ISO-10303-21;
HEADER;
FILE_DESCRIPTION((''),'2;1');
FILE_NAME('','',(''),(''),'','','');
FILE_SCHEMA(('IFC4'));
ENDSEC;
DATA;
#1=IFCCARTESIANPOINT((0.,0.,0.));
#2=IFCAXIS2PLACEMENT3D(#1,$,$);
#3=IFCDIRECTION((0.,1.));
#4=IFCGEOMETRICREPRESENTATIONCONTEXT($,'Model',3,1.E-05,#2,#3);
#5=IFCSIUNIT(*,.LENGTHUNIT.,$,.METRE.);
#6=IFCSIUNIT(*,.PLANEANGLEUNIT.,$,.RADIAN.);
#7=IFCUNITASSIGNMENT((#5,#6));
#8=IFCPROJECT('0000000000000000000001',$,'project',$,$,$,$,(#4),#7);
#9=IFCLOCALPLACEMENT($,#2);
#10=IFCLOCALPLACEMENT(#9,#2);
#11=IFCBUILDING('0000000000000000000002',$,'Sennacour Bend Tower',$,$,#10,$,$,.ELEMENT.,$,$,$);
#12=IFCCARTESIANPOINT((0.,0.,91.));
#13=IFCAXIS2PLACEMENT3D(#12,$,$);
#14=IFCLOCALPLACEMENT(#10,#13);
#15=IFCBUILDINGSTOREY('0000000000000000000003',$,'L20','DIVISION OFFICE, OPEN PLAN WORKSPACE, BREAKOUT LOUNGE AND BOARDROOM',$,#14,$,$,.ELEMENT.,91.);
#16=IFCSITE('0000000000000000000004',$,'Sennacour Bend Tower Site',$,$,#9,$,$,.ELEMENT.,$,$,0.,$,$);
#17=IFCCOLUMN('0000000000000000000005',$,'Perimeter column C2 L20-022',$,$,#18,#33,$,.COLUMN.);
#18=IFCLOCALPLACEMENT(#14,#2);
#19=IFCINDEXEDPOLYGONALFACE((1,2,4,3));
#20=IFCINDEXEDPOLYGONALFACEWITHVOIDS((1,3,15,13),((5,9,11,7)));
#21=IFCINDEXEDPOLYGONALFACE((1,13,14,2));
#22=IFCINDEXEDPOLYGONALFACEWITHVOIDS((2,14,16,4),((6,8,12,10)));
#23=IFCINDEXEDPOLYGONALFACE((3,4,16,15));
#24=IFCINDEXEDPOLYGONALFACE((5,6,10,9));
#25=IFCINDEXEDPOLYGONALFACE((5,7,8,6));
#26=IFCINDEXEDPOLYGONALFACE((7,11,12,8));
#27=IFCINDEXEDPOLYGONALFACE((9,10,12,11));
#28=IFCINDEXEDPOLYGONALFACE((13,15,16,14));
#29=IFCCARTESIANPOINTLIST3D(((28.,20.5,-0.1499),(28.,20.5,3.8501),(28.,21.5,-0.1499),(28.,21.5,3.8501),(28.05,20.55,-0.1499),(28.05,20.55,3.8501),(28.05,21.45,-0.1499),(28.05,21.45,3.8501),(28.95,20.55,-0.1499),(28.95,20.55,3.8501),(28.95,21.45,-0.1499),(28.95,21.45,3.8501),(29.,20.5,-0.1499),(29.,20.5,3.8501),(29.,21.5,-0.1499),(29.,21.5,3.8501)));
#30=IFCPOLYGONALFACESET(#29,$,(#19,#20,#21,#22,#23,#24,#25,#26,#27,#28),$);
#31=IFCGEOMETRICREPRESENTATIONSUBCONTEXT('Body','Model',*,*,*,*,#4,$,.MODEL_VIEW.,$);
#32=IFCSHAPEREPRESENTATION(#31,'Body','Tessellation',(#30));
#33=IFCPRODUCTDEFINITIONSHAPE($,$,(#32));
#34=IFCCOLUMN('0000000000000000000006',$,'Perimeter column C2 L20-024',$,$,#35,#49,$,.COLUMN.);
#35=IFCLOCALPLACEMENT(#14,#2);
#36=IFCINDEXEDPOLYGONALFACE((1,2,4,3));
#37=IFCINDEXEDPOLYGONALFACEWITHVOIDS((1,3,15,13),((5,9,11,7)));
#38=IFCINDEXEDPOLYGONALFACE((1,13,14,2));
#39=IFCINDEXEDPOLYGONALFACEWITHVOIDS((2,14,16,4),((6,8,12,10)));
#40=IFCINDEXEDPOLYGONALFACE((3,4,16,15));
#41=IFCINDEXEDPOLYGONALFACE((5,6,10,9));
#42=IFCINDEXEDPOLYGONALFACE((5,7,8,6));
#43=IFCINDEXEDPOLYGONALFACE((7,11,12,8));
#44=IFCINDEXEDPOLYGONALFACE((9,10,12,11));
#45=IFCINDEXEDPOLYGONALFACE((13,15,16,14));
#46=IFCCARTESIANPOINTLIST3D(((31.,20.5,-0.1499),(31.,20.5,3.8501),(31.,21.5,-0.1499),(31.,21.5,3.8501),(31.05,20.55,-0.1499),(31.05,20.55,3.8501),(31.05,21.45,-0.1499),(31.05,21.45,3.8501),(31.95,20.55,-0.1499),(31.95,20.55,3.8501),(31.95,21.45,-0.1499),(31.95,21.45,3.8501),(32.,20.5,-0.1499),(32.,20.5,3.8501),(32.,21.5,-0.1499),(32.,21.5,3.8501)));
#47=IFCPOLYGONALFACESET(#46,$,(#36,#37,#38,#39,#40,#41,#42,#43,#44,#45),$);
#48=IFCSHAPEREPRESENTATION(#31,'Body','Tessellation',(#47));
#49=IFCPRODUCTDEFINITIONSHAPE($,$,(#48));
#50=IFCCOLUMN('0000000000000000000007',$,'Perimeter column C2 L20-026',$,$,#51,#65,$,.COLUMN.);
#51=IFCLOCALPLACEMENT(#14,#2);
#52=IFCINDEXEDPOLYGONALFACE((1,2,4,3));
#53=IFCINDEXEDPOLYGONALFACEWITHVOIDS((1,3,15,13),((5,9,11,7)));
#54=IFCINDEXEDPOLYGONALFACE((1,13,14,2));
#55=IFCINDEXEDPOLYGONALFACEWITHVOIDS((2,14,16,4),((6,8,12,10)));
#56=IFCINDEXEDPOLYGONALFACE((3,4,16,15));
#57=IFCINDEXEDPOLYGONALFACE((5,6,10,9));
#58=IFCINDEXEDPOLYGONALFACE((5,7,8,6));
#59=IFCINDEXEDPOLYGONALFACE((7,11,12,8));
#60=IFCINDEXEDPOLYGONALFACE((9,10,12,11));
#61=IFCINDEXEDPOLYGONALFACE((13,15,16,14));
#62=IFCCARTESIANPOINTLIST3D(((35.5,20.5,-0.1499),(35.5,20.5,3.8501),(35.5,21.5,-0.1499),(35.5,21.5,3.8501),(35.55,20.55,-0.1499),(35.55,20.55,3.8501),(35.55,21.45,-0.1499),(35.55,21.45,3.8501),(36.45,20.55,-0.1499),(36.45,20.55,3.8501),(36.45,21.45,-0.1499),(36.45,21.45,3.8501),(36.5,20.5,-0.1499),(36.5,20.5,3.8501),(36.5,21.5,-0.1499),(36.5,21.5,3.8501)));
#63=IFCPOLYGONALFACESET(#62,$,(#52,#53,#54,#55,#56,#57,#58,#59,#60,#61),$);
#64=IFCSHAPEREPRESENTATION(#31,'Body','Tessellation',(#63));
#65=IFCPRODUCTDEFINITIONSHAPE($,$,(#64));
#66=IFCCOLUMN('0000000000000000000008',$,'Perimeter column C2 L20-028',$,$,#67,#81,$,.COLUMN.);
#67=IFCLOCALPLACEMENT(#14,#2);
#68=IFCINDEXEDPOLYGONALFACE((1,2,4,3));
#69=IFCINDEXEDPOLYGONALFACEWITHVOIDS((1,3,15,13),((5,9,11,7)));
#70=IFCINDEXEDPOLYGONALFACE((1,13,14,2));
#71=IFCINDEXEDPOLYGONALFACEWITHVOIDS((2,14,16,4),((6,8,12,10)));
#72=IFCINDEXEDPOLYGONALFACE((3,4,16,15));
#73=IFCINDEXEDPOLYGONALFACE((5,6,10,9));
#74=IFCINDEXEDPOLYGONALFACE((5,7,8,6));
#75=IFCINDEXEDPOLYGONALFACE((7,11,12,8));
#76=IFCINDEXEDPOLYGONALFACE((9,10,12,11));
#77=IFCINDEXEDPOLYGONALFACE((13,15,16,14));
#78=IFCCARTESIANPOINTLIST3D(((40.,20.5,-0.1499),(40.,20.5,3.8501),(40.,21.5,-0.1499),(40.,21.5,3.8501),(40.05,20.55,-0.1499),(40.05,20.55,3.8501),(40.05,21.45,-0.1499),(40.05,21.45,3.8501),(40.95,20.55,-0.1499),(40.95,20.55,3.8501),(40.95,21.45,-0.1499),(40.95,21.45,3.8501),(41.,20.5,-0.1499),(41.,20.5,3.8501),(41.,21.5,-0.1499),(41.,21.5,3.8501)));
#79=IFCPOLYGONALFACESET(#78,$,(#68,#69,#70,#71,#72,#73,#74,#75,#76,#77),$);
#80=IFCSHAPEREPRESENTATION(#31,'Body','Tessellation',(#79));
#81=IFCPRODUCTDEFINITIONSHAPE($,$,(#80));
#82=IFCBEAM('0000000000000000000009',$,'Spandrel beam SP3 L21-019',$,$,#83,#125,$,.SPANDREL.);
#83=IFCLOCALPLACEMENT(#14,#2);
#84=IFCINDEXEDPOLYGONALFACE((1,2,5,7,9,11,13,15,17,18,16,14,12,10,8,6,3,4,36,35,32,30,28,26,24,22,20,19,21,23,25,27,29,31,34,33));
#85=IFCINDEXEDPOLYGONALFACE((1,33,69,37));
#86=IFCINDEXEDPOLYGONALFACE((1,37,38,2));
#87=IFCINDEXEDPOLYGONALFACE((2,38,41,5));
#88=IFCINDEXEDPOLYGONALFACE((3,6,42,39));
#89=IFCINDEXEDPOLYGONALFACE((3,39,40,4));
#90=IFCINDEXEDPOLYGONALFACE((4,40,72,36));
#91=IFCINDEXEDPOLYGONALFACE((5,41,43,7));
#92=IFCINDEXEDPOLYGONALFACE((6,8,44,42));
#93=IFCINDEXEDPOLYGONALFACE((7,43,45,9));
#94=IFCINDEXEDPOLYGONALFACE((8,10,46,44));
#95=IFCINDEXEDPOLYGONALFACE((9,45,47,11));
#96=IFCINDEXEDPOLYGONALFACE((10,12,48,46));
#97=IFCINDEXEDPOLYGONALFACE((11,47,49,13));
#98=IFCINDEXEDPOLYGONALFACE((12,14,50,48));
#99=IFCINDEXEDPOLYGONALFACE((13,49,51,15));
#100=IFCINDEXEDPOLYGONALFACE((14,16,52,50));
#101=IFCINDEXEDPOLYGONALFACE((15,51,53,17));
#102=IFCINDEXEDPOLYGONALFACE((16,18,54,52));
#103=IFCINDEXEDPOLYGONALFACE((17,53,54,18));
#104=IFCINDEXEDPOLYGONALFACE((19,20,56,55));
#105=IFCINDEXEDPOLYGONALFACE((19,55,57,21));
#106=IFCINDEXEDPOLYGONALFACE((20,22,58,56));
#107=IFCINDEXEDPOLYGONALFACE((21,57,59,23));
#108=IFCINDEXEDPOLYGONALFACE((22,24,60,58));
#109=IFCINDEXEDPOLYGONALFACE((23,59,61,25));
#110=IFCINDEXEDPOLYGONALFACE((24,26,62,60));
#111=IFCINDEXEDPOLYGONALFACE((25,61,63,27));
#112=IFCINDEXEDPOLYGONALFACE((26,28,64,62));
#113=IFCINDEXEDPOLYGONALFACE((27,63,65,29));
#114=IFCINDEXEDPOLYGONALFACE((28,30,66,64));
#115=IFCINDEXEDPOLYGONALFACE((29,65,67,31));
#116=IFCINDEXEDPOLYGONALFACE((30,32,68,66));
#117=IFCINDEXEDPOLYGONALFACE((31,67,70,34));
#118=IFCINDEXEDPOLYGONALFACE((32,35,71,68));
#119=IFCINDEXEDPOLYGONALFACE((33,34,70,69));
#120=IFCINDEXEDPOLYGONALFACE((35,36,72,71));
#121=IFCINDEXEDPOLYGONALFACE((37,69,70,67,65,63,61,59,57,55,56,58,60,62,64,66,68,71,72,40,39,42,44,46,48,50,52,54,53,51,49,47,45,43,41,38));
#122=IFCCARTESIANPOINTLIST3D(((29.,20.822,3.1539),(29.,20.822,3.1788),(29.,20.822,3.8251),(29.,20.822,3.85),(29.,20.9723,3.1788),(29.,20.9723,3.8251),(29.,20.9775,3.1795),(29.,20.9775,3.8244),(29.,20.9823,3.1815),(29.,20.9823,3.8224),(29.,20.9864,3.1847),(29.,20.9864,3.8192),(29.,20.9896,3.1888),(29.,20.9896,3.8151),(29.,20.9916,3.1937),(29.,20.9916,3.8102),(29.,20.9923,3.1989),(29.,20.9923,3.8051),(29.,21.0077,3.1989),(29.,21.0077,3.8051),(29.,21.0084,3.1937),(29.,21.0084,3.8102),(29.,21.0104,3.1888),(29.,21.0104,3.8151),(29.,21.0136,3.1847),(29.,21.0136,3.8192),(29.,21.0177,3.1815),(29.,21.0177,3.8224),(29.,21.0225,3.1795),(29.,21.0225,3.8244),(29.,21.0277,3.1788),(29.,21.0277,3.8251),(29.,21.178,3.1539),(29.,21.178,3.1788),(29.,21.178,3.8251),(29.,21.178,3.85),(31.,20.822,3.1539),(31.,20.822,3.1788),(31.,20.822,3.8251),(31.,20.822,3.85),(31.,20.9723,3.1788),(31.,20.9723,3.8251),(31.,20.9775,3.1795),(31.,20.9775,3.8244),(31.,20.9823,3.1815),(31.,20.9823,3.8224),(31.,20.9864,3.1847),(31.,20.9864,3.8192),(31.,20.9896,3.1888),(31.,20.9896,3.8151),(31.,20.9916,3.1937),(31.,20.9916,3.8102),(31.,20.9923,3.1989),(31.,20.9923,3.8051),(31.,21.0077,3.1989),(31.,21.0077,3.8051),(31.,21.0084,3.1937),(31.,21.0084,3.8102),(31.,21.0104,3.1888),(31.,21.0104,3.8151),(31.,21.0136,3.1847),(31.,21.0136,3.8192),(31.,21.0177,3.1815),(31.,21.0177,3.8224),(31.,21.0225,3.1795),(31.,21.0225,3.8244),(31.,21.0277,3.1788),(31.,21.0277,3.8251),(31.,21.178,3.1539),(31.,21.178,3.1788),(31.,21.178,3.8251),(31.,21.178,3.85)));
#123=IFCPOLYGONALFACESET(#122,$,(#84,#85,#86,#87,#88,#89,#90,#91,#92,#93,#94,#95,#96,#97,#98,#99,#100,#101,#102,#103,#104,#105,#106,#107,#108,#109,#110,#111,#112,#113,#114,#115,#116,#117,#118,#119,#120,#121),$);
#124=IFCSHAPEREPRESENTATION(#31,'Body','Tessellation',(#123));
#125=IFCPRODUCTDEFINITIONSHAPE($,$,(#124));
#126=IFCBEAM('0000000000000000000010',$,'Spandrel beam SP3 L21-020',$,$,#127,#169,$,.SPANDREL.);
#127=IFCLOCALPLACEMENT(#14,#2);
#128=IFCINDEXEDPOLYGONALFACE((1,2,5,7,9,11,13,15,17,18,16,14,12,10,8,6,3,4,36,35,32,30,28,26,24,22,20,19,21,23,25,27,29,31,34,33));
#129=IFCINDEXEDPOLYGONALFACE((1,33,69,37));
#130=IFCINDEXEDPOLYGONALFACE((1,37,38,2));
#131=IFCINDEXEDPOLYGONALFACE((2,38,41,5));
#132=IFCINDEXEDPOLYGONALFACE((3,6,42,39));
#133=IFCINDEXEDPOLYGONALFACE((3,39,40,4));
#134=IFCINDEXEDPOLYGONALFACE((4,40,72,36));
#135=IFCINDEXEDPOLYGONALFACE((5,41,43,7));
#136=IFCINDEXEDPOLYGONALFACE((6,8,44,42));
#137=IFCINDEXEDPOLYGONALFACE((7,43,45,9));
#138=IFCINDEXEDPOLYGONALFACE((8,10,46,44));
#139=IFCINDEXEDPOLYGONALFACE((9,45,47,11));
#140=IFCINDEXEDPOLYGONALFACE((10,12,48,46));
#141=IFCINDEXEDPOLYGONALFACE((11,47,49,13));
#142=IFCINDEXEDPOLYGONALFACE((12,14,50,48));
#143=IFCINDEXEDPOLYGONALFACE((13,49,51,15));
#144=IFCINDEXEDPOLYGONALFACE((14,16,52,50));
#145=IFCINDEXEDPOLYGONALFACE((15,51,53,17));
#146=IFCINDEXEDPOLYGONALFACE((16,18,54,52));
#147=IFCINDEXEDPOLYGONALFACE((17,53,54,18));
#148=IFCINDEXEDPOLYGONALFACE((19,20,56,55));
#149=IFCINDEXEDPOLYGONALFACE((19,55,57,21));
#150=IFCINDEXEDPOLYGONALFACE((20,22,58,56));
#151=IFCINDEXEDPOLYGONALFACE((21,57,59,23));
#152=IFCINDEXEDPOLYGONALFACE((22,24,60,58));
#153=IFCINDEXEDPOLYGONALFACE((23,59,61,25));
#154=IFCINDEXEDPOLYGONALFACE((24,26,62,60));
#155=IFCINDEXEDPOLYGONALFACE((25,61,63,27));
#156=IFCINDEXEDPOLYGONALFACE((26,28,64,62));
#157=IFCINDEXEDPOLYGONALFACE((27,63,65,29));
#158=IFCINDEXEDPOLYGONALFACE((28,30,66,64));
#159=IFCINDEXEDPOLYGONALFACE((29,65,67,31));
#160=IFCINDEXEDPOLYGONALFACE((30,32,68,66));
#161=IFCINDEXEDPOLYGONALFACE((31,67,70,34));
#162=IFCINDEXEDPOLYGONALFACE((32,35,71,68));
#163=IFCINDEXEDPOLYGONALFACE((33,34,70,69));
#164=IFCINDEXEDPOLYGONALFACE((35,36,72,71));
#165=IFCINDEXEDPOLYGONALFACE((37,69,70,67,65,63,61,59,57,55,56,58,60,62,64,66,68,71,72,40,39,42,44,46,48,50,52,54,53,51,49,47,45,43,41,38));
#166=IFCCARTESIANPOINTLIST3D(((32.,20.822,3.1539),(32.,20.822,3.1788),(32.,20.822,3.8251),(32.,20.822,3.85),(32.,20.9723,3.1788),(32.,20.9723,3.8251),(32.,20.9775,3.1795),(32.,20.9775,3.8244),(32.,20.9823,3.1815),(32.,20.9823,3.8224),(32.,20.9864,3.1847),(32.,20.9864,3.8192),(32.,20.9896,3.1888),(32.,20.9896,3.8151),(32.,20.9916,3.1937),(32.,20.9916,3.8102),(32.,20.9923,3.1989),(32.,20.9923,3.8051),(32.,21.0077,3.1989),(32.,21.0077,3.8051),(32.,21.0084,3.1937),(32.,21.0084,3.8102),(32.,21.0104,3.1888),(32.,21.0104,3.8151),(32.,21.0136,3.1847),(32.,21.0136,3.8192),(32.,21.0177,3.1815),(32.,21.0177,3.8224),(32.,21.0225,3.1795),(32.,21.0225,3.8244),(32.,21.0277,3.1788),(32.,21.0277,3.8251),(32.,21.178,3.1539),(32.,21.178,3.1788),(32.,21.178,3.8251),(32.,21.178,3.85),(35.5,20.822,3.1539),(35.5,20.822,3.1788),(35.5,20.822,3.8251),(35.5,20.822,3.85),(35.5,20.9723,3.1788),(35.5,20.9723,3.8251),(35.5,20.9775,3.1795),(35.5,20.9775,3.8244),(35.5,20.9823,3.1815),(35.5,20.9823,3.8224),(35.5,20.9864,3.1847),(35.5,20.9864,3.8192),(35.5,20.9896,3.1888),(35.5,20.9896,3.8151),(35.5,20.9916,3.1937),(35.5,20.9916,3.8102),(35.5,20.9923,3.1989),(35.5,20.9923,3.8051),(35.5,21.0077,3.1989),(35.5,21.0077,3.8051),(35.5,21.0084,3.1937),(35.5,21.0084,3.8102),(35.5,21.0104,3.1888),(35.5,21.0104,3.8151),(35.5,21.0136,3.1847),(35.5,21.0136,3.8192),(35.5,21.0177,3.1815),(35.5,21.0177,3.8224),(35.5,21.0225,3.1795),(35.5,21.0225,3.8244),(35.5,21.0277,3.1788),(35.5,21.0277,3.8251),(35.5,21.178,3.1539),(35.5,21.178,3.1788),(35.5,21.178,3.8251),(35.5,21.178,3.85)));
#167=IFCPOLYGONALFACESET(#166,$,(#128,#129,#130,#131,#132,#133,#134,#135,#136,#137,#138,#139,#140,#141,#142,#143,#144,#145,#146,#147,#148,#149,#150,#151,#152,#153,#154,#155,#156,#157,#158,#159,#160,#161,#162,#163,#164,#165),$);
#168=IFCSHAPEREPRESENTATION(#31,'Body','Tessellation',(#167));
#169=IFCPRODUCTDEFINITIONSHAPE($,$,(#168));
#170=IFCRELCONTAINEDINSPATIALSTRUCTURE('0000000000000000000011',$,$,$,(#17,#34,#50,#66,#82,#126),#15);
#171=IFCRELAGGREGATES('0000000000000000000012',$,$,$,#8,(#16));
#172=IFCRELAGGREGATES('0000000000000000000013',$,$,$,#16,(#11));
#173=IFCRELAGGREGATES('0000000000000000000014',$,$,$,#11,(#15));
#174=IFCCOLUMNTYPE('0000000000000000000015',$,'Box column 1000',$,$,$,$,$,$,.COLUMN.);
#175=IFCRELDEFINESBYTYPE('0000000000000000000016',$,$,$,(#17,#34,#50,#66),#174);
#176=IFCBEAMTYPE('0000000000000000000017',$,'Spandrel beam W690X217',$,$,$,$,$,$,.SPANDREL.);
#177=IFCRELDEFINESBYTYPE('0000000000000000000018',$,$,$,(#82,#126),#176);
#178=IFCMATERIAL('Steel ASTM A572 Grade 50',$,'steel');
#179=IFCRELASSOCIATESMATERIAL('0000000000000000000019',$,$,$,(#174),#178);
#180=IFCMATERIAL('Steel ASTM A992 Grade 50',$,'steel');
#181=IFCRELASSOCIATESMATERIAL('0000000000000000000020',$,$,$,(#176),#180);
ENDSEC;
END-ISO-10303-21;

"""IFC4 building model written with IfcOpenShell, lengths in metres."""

from ifc_helpers import new_model, si_unit, direction, frame, origin, origin_2d, place, context, subcontext, project, spatial, hollow_rectangle, i_section, extrude, material, material_profile, profile_set, type_object, element, save


model = new_model("IFC4")

# Units and contexts
model_context = context("Model", 3, precision=1e-05, world=origin(), true_north=direction((0.0, 1.0)))
body_context = subcontext(model_context, "Body", "Model", "MODEL_VIEW")
ifc_project = project(units=[si_unit("LENGTHUNIT", "METRE"), si_unit("PLANEANGLEUNIT", "RADIAN")], contexts=[model_context])

# Site, building, storey
site_placement = place(None, origin())
site = spatial("IfcSite", under=ifc_project, at=site_placement, Name="Sennacour Bend Tower Site", CompositionType="ELEMENT", RefElevation=0.0)
building_placement = place(site_placement, origin())
building = spatial("IfcBuilding", under=site, at=building_placement, Name="Sennacour Bend Tower", CompositionType="ELEMENT")
storey_placement = place(building_placement, frame((0.0, 0.0, 91.0)))
storey = spatial("IfcBuildingStorey", under=building, at=storey_placement, Name="L20", Description="DIVISION OFFICE, OPEN PLAN WORKSPACE, BREAKOUT LOUNGE AND BOARDROOM", CompositionType="ELEMENT", Elevation=91.0)

# Columns
ifc_material_1 = material(Name="Steel ASTM A572 Grade 50", Category="steel")
ifc_material_profile_1 = material_profile(ifc_material_1, hollow_rectangle(XDim=1.0, YDim=1.0, WallThickness=0.05, at=origin_2d()), Name="Steel ASTM A572 Grade 50", Category="steel")
ifc_profile_set_1 = profile_set([ifc_material_profile_1], Name="Steel ASTM A572 Grade 50")
column_type = type_object("IfcColumnType", Name="Box column 1000", PredefinedType="COLUMN", material=ifc_profile_set_1)
for number, where, z_axis, x_axis, name in (
    (1, (28.5, 21.0, -0.1499), (0.0, 0.0, 1.0), (1.0, 0.0, 0.0), "Perimeter column C2 L20-022"),
    (2, (31.5, 21.0, -0.1499), (0.0, 0.0, 1.0), (1.0, 0.0, 0.0), "Perimeter column C2 L20-024"),
    (3, (36.0, 21.0, -0.1499), (0.0, 0.0, 1.0), (1.0, 0.0, 0.0), "Perimeter column C2 L20-026"),
    (4, (40.5, 21.0, -0.1499), (0.0, 0.0, 1.0), (1.0, 0.0, 0.0), "Perimeter column C2 L20-028"),
):
    element("IfcColumn", number, at=place(storey_placement, frame(where, z_axis=z_axis, x_axis=x_axis)), inside=storey, type_object=column_type, Name=name, PredefinedType="COLUMN", context=body_context, shape_type="SweptSolid", body=[
        extrude(hollow_rectangle(XDim=1.0, YDim=1.0, WallThickness=0.05, at=origin_2d()), origin(), (0.0, 0.0, 1.0), 4.0),
    ])

# Beams
ifc_material_2 = material(Name="Steel ASTM A992 Grade 50", Category="steel")
ifc_material_profile_2 = material_profile(ifc_material_2, i_section(OverallWidth=0.356, OverallDepth=0.696, WebThickness=0.0154, FlangeThickness=0.0249, FilletRadius=0.02, at=origin_2d()), Name="Steel ASTM A992 Grade 50", Category="steel")
ifc_profile_set_2 = profile_set([ifc_material_profile_2], Name="Steel ASTM A992 Grade 50")
beam_type = type_object("IfcBeamType", Name="Spandrel beam W690X217", PredefinedType="SPANDREL", material=ifc_profile_set_2)
beam_placement = place(storey_placement, frame((29.0, 21.0, 3.502), z_axis=(1.0, 0.0, 0.0), x_axis=(0.0, 1.0, 0.0)))
element("IfcBeam", 5, at=beam_placement, inside=storey, type_object=beam_type, Name="Spandrel beam SP3 L21-019", PredefinedType="SPANDREL", context=body_context, shape_type="SweptSolid", body=[
    extrude(i_section(OverallWidth=0.356, OverallDepth=0.696, WebThickness=0.0154, FlangeThickness=0.0249, FilletRadius=0.02, at=origin_2d()), origin(), (0.0, 0.0, 1.0), 2.0),
])
for number, where, z_axis, x_axis, name in (
    (6, (32.0, 21.0, 3.502), (1.0, 0.0, 0.0), (0.0, 1.0, 0.0), "Spandrel beam SP3 L21-020"),
):
    element("IfcBeam", number, at=place(storey_placement, frame(where, z_axis=z_axis, x_axis=x_axis)), inside=storey, type_object=beam_type, Name=name, PredefinedType="SPANDREL", context=body_context, shape_type="SweptSolid", body=[
        extrude(i_section(OverallWidth=0.356, OverallDepth=0.696, WebThickness=0.0154, FlangeThickness=0.0249, FilletRadius=0.02, at=origin_2d()), origin(), (0.0, 0.0, 1.0), 3.5),
    ])

save(model, "model.ifc")
